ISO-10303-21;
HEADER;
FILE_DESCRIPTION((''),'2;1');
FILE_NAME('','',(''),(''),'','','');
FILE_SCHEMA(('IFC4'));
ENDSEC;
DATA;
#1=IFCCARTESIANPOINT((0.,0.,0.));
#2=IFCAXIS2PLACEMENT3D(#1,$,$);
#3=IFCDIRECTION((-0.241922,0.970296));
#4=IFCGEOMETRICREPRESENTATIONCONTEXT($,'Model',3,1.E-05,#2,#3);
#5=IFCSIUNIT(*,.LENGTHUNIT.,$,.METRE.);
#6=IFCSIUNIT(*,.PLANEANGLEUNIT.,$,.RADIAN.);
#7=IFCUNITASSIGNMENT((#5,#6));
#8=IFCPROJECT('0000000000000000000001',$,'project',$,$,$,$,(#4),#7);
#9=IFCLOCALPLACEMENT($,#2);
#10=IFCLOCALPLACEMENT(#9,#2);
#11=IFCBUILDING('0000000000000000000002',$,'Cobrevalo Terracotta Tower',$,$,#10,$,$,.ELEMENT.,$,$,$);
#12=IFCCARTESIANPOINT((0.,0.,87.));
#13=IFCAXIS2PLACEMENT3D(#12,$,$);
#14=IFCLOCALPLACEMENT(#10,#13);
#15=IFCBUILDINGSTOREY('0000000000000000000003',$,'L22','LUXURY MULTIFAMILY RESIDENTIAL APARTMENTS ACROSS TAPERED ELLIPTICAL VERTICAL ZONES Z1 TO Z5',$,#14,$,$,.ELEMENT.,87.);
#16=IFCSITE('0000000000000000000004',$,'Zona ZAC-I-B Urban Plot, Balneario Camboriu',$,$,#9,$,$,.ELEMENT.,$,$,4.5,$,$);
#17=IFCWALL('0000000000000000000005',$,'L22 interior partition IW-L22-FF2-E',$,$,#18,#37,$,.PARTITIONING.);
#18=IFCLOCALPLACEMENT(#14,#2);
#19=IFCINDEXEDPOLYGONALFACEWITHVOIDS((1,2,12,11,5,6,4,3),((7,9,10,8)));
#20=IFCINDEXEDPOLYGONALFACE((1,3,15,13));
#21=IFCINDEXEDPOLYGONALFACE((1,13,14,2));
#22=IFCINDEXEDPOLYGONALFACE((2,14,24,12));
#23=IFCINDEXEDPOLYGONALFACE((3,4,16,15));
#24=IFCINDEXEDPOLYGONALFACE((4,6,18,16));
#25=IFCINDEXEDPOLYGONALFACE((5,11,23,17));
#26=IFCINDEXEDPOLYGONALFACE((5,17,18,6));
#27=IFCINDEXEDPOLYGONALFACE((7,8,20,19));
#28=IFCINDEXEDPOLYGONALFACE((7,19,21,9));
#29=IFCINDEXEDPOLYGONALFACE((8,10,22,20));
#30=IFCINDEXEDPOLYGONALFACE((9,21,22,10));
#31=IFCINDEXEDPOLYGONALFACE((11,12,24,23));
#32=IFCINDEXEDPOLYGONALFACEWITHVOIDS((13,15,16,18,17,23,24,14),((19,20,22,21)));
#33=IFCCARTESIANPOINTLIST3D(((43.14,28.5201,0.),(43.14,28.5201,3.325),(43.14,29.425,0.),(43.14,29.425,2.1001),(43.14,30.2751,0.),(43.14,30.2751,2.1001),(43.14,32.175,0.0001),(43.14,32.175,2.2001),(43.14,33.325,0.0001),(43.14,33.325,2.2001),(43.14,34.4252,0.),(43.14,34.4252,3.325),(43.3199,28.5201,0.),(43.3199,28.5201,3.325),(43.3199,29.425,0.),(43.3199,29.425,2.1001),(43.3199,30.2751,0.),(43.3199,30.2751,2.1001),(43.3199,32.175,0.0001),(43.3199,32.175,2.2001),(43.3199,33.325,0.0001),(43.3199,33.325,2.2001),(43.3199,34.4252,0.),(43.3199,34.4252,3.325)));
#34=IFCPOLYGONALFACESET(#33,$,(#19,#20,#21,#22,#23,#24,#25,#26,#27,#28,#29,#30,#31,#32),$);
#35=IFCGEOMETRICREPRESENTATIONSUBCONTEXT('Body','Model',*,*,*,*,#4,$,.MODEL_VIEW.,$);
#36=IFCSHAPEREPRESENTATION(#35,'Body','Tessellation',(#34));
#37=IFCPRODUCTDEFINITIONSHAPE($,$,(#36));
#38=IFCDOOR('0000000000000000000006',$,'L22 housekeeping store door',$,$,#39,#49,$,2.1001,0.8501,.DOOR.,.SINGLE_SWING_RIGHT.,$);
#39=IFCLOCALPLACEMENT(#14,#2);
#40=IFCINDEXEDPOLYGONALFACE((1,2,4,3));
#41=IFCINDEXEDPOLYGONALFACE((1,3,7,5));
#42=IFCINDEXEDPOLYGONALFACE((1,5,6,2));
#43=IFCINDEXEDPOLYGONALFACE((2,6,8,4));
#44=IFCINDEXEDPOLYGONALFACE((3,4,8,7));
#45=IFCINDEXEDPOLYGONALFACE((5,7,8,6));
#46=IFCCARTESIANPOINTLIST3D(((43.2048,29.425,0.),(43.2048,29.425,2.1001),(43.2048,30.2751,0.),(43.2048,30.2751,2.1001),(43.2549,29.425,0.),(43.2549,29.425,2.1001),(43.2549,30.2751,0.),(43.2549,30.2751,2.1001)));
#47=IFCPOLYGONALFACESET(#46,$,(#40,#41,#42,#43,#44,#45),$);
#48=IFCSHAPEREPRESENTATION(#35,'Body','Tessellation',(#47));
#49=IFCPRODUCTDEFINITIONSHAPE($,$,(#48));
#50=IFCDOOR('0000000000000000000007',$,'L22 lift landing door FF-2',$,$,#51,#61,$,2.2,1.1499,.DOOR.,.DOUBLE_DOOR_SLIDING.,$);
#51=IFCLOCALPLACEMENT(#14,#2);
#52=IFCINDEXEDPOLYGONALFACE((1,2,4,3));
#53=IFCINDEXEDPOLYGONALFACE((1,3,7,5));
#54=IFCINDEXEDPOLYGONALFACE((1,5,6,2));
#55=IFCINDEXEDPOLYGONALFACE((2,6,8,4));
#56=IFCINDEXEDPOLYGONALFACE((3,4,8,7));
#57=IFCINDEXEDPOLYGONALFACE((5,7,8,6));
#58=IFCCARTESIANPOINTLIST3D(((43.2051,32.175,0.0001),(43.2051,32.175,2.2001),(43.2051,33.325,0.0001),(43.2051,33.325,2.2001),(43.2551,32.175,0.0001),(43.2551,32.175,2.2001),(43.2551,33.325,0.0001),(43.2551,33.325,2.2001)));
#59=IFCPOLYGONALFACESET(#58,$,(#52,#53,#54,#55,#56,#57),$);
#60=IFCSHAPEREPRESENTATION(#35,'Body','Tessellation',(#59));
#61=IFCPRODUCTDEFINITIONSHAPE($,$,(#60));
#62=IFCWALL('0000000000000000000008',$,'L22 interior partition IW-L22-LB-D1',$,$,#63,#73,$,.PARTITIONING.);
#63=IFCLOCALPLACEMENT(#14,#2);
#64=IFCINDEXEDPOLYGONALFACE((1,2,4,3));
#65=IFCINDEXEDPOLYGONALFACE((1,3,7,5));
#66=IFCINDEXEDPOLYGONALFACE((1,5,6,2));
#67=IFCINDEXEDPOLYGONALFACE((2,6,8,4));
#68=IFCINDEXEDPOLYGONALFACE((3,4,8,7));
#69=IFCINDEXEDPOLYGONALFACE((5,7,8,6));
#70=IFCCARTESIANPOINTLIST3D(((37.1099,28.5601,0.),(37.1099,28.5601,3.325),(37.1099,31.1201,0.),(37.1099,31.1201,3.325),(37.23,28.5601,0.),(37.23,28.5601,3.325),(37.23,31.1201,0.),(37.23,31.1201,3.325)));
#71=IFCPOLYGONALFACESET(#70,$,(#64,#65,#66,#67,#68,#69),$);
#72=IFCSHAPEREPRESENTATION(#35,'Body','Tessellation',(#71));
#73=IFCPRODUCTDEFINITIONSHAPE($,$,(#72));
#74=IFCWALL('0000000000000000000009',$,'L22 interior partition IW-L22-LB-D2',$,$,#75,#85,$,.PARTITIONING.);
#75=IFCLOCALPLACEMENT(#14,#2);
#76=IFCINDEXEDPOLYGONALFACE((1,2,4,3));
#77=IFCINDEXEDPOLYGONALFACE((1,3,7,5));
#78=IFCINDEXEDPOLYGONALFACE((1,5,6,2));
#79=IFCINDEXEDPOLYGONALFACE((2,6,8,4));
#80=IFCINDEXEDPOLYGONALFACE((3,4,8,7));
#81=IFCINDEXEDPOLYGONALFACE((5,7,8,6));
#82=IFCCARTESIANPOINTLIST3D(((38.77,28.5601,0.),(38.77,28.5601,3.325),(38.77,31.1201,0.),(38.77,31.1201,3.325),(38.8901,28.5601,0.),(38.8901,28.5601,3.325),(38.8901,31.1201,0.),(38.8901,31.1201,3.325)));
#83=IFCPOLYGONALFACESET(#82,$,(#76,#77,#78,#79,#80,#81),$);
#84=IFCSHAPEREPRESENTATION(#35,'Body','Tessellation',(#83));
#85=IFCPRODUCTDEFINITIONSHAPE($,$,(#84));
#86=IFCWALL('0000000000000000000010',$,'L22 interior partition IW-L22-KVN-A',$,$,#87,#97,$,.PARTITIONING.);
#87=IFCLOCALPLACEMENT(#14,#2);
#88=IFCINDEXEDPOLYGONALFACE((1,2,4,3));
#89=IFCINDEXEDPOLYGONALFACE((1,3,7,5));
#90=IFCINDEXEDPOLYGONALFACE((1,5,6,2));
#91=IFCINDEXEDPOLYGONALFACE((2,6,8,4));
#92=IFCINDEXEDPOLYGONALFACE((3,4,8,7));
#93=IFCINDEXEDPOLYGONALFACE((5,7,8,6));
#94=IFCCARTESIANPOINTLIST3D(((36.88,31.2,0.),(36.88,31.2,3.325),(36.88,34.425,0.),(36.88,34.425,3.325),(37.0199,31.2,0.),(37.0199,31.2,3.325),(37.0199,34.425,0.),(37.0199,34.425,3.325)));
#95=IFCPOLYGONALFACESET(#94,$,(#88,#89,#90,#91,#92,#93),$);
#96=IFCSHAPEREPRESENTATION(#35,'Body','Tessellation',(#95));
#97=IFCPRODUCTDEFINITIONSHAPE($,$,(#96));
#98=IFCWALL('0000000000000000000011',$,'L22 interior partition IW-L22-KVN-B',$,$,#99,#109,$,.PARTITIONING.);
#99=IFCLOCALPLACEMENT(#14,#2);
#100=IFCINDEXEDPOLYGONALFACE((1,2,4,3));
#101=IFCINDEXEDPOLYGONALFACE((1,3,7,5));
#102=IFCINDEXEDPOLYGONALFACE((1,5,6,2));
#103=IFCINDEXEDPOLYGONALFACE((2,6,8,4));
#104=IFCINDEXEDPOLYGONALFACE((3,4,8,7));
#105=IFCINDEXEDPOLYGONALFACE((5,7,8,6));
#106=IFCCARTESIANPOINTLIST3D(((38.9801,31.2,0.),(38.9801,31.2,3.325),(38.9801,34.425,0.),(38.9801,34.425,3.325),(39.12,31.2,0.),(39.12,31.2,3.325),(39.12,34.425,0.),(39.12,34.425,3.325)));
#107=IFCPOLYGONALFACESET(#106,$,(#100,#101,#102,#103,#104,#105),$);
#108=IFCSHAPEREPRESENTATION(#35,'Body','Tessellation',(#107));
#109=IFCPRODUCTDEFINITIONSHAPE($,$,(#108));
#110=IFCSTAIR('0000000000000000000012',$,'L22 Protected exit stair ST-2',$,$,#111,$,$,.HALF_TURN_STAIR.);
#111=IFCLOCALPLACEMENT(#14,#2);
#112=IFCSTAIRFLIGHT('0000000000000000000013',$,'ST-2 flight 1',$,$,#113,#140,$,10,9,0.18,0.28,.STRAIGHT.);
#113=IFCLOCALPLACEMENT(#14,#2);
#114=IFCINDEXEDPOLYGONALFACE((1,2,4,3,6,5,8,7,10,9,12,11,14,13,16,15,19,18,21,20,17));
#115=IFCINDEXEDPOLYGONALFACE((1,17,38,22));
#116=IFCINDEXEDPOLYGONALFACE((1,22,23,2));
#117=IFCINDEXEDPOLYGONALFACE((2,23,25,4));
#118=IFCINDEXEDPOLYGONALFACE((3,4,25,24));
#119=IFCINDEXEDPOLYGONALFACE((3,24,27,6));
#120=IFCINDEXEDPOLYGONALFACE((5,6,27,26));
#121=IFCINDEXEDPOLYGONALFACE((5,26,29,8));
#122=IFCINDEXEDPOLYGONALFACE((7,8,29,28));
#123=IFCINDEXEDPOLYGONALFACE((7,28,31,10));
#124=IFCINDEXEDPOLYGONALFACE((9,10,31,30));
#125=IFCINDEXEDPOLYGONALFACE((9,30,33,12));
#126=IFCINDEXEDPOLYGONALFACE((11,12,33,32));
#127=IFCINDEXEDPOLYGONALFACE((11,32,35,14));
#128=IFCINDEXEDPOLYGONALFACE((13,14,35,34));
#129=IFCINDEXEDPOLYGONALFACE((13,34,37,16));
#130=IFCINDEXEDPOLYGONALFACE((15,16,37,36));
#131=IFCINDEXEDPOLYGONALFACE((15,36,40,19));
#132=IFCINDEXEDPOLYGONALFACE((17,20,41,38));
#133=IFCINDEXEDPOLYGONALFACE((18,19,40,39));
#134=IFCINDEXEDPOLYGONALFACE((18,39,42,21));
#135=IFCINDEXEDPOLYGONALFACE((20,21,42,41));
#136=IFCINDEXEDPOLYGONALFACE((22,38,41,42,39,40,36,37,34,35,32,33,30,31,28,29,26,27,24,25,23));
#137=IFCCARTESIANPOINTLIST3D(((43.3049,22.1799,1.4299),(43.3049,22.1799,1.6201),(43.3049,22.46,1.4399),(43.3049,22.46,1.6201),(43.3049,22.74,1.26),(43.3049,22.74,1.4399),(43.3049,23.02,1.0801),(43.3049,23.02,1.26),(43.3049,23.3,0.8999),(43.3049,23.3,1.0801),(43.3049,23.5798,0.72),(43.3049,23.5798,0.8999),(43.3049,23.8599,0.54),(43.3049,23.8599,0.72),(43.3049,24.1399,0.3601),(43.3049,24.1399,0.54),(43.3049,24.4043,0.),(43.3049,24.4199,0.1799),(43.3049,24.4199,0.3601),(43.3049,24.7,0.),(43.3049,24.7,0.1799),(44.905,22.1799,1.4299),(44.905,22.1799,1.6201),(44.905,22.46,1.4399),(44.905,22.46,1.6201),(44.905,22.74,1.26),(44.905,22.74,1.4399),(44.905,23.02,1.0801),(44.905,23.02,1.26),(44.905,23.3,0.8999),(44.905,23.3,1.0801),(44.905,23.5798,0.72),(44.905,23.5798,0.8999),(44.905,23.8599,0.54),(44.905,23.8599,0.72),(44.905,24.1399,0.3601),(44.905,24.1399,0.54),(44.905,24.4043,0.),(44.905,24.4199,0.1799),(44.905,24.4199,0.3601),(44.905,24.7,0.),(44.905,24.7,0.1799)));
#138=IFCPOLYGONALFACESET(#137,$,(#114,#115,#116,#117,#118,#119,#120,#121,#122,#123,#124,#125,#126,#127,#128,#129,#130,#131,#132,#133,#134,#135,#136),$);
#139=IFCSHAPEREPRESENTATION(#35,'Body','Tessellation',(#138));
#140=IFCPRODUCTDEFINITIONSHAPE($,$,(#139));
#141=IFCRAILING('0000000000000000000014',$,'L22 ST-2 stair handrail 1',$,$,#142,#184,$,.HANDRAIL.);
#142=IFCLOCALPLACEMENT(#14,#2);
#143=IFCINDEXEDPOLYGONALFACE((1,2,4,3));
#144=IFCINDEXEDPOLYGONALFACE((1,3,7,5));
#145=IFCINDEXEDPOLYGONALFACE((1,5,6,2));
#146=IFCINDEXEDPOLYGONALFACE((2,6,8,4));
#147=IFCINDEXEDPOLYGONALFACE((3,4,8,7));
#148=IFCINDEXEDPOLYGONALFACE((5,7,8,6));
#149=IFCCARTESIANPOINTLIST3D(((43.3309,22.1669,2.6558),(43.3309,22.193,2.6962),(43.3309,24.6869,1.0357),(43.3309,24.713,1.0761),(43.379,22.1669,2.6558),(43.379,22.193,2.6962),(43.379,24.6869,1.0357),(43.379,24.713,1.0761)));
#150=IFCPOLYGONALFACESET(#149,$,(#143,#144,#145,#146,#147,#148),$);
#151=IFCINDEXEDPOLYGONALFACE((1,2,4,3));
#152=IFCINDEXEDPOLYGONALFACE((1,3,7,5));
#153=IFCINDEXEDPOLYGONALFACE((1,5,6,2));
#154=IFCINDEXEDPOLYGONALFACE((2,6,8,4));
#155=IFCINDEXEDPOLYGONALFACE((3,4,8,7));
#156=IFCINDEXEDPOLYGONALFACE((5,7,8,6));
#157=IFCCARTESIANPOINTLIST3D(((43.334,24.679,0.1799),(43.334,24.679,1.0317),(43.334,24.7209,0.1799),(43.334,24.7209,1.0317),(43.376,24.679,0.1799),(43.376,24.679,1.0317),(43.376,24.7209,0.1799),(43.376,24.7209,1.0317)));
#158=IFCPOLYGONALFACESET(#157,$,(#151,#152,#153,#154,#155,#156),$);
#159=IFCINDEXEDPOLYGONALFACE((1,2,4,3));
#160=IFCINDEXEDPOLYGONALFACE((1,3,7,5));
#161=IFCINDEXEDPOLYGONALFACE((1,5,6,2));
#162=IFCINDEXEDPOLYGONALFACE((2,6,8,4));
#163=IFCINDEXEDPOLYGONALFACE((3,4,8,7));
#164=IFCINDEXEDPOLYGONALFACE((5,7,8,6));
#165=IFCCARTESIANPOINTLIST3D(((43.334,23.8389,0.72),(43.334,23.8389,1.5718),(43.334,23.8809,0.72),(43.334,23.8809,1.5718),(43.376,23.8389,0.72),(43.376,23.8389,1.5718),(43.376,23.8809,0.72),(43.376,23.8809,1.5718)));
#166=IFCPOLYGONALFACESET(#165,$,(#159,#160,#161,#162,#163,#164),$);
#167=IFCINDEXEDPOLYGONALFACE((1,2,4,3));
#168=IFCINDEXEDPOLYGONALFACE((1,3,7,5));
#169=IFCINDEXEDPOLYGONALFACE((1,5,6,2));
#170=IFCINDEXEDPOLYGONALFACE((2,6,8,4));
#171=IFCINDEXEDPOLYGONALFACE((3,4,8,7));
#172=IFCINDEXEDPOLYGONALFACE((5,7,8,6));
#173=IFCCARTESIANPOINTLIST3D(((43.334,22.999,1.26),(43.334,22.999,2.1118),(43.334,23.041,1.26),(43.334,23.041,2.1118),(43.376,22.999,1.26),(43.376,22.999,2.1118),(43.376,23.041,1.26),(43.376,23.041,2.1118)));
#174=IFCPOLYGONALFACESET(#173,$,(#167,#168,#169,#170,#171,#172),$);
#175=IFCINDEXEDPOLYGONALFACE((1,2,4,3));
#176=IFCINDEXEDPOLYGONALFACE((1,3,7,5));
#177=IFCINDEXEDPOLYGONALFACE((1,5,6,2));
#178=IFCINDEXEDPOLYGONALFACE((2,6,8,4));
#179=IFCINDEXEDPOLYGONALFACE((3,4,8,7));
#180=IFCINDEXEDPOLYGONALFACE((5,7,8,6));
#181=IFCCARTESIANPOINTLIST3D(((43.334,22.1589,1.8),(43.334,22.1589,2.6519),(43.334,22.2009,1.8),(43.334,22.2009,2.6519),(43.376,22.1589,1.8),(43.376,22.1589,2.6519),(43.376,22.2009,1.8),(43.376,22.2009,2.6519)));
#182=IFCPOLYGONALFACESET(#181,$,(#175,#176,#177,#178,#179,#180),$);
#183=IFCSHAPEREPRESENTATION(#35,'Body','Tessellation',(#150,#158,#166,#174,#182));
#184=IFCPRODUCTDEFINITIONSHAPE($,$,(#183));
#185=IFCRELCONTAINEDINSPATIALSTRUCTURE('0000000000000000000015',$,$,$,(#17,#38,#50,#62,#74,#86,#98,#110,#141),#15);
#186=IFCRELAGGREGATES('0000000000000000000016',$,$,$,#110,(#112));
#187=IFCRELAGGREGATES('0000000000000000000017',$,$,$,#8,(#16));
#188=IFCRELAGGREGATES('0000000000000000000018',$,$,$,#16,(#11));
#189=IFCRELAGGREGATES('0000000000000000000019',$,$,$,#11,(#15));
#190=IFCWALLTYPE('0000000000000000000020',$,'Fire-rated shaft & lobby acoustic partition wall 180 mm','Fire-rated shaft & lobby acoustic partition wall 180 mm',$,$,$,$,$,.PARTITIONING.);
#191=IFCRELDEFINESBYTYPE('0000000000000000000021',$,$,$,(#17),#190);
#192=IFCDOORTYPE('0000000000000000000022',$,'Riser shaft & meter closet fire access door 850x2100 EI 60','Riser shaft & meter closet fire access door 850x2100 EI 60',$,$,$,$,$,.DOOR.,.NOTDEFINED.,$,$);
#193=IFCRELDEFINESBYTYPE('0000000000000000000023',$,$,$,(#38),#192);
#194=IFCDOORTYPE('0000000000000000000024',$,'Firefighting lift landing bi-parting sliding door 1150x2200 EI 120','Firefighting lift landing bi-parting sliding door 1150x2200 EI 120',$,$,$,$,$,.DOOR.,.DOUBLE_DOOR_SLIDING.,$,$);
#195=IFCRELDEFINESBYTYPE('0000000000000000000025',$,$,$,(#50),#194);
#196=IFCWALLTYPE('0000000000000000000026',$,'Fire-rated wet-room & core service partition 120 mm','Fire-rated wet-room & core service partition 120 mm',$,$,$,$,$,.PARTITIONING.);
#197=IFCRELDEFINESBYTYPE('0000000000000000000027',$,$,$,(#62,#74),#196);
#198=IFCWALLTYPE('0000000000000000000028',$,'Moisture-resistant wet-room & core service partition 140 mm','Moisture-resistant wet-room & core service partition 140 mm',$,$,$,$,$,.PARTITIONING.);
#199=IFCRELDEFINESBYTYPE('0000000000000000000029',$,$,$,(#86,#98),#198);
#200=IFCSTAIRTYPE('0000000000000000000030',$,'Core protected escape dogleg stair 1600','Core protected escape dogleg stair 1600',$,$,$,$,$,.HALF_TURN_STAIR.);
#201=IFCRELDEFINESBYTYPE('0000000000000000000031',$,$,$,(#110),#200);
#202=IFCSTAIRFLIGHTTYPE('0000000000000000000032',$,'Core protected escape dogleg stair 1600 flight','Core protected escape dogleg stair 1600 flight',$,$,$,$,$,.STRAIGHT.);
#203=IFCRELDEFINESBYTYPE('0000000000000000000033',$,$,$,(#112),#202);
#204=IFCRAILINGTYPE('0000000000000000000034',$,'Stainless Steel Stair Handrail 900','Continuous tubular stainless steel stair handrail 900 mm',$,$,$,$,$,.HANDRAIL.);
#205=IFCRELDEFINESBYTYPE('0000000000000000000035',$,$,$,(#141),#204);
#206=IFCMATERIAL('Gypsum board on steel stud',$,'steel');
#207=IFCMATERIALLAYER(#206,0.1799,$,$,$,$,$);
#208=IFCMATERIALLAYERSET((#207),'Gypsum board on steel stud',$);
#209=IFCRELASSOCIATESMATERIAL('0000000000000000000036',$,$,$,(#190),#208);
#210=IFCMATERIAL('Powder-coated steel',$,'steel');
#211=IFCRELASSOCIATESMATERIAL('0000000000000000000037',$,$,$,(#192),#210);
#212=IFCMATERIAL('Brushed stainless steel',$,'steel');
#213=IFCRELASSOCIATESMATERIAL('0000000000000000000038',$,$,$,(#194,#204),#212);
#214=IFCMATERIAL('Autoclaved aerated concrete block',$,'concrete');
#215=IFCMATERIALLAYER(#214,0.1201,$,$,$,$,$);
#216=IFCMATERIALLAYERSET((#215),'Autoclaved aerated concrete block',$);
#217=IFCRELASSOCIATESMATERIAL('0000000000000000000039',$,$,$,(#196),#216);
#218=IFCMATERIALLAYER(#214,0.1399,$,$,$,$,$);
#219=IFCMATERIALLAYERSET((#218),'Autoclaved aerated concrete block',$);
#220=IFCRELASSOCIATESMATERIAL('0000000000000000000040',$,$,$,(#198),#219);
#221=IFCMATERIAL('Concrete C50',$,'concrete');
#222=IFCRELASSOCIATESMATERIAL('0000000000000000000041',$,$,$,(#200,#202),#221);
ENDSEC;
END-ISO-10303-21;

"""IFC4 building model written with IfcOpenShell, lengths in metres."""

from ifc_helpers import new_model, si_unit, direction, frame, frame_2d, origin, origin_2d, place, context, subcontext, project, spatial, polyline, rectangle, outline, extrude, source, transform, mapped, material, layer, layer_set, type_object, element, fill, aggregate, save


model = new_model("IFC4")

# Units and contexts
model_context = context("Model", 3, precision=1e-05, world=origin(), true_north=direction((-0.241922, 0.970296)))
body_context = subcontext(model_context, "Body", "Model", "MODEL_VIEW")
ifc_project = project(units=[si_unit("LENGTHUNIT", "METRE"), si_unit("PLANEANGLEUNIT", "RADIAN")], contexts=[model_context])

# Site, building, storey
site_placement = place(None, origin())
site = spatial("IfcSite", under=ifc_project, at=site_placement, Name="Zona ZAC-I-B Urban Plot, Balneario Camboriu", CompositionType="ELEMENT", RefElevation=4.5)
building_placement = place(site_placement, origin())
building = spatial("IfcBuilding", under=site, at=building_placement, Name="Cobrevalo Terracotta Tower", CompositionType="ELEMENT")
storey_placement = place(building_placement, frame((0.0, 0.0, 87.0)))
storey = spatial("IfcBuildingStorey", under=building, at=storey_placement, Name="L22", Description="LUXURY MULTIFAMILY RESIDENTIAL APARTMENTS ACROSS TAPERED ELLIPTICAL VERTICAL ZONES Z1 TO Z5", CompositionType="ELEMENT", Elevation=87.0)

# Shared definitions
ifc_material_1 = material(Name="Gypsum board on steel stud", Category="steel")

# Shared definitions
ifc_material_2 = material(Name="Brushed stainless steel", Category="steel")

# Shared definitions
ifc_layer_1 = layer(ifc_material_1, 0.1799)
ifc_layer_set_1 = layer_set([ifc_layer_1], Name="Gypsum board on steel stud")
wall_type_1 = type_object("IfcWallType", Name="Fire-rated shaft & lobby acoustic partition wall 180 mm", Description="Fire-rated shaft & lobby acoustic partition wall 180 mm", PredefinedType="PARTITIONING", material=ifc_layer_set_1)
ifc_material_3 = material(Name="Powder-coated steel", Category="steel")
door_type_1 = type_object("IfcDoorType", Name="Riser shaft & meter closet fire access door 850x2100 EI 60", Description="Riser shaft & meter closet fire access door 850x2100 EI 60", OperationType="NOTDEFINED", PredefinedType="DOOR", material=ifc_material_3)
shared_shape_1 = source(origin(), body_context, "Body", "SweptSolid", [
    extrude(rectangle(XDim=0.8501, YDim=2.1001, at=frame_2d((0.425, 1.05))), frame((0.0, 0.0249, 0.0), z_axis=(0.0, -1.0, 0.0), x_axis=(1.0, 0.0, 0.0)), (0.0, 0.0, 1.0), 0.05),
])

# Wall, openings, doors
wall_1_placement = place(storey_placement, frame((43.23, 28.52, 0.0), z_axis=(0.0, 0.0, 1.0), x_axis=(0.0, 1.0, 0.0)))
wall_1 = element("IfcWall", 1, at=wall_1_placement, inside=storey, type_object=wall_type_1, Name="L22 interior partition IW-L22-FF2-E", PredefinedType="PARTITIONING", context=body_context, shape_type="SweptSolid", body=[
    extrude(rectangle(XDim=5.905, YDim=0.1799, at=frame_2d((2.9526, 0.0))), origin(), (0.0, 0.0, 1.0), 3.325),
])
opening_1_placement = place(wall_1_placement, frame((0.905, 0.0, 0.0)))
opening_1 = element("IfcOpeningElement", 2, at=opening_1_placement, cuts=wall_1, PredefinedType="OPENING", context=body_context, shape_type="SweptSolid", body=[
    extrude(rectangle(XDim=0.8501, YDim=2.1001, at=frame_2d((0.425, 1.05))), frame((0.0, 0.1001, 0.0), z_axis=(0.0, -1.0, 0.0), x_axis=(1.0, 0.0, 0.0)), (0.0, 0.0, 1.0), 0.2),
])
opening_2_placement = place(wall_1_placement, frame((3.655, 0.0, 0.0)))
opening_2 = element("IfcOpeningElement", 3, at=opening_2_placement, cuts=wall_1, PredefinedType="OPENING", context=body_context, shape_type="SweptSolid", body=[
    extrude(rectangle(XDim=1.1499, YDim=2.2, at=frame_2d((0.575, 1.1001))), frame((0.0, 0.1001, 0.0), z_axis=(0.0, -1.0, 0.0), x_axis=(1.0, 0.0, 0.0)), (0.0, 0.0, 1.0), 0.2),
])
door_1_placement = place(opening_1_placement, frame((0.8501, 0.0, 0.0), z_axis=(0.0, 0.0, 1.0), x_axis=(-1.0, 0.0, 0.0)))
door_1 = element("IfcDoor", 4, at=door_1_placement, inside=storey, type_object=door_type_1, Name="L22 housekeeping store door", OperationType="SINGLE_SWING_RIGHT", OverallHeight=2.1001, OverallWidth=0.8501, PredefinedType="DOOR", context=body_context, shape_type="MappedRepresentation", body=[
    mapped(shared_shape_1, transform((0.0, 0.0, 0.0), scale=1.0)),
])
fill(opening_1, door_1)
door_type_2 = type_object("IfcDoorType", Name="Firefighting lift landing bi-parting sliding door 1150x2200 EI 120", Description="Firefighting lift landing bi-parting sliding door 1150x2200 EI 120", OperationType="DOUBLE_DOOR_SLIDING", PredefinedType="DOOR", material=ifc_material_2)
shared_shape_2 = source(origin(), body_context, "Body", "SweptSolid", [
    extrude(rectangle(XDim=1.1499, YDim=2.2, at=frame_2d((0.575, 1.1001))), frame((0.0, 0.0249, 0.0), z_axis=(0.0, -1.0, 0.0), x_axis=(1.0, 0.0, 0.0)), (0.0, 0.0, 1.0), 0.05),
])
door_2_placement = place(opening_2_placement, origin())
door_2 = element("IfcDoor", 5, at=door_2_placement, inside=storey, type_object=door_type_2, Name="L22 lift landing door FF-2", OperationType="DOUBLE_DOOR_SLIDING", OverallHeight=2.2, OverallWidth=1.1499, PredefinedType="DOOR", context=body_context, shape_type="MappedRepresentation", body=[
    mapped(shared_shape_2, transform((0.0, 0.0, 0.0), scale=1.0)),
])
fill(opening_2, door_2)

# Walls
ifc_material_4 = material(Name="Autoclaved aerated concrete block", Category="concrete")
ifc_layer_2 = layer(ifc_material_4, 0.1201)
ifc_layer_set_2 = layer_set([ifc_layer_2], Name="Autoclaved aerated concrete block")
wall_type_2 = type_object("IfcWallType", Name="Fire-rated wet-room & core service partition 120 mm", Description="Fire-rated wet-room & core service partition 120 mm", PredefinedType="PARTITIONING", material=ifc_layer_set_2)
for number, where, z_axis, x_axis, name in (
    (6, (37.1699, 28.5601, 0.0), (0.0, 0.0, 1.0), (0.0, 1.0, 0.0), "L22 interior partition IW-L22-LB-D1"),
    (7, (38.8301, 28.5601, 0.0), (0.0, 0.0, 1.0), (0.0, 1.0, 0.0), "L22 interior partition IW-L22-LB-D2"),
):
    element("IfcWall", number, at=place(storey_placement, frame(where, z_axis=z_axis, x_axis=x_axis)), inside=storey, type_object=wall_type_2, Name=name, PredefinedType="PARTITIONING", context=body_context, shape_type="SweptSolid", body=[
        extrude(rectangle(XDim=2.5601, YDim=0.1201, at=frame_2d((1.28, 0.0))), origin(), (0.0, 0.0, 1.0), 3.325),
    ])
ifc_layer_3 = layer(ifc_material_4, 0.1399)
ifc_layer_set_3 = layer_set([ifc_layer_3], Name="Autoclaved aerated concrete block")
wall_type_3 = type_object("IfcWallType", Name="Moisture-resistant wet-room & core service partition 140 mm", Description="Moisture-resistant wet-room & core service partition 140 mm", PredefinedType="PARTITIONING", material=ifc_layer_set_3)
for number, where, z_axis, x_axis, name in (
    (8, (36.95, 31.2, 0.0), (0.0, 0.0, 1.0), (0.0, 1.0, 0.0), "L22 interior partition IW-L22-KVN-A"),
    (9, (39.05, 31.2, 0.0), (0.0, 0.0, 1.0), (0.0, 1.0, 0.0), "L22 interior partition IW-L22-KVN-B"),
):
    element("IfcWall", number, at=place(storey_placement, frame(where, z_axis=z_axis, x_axis=x_axis)), inside=storey, type_object=wall_type_3, Name=name, PredefinedType="PARTITIONING", context=body_context, shape_type="SweptSolid", body=[
        extrude(rectangle(XDim=3.2251, YDim=0.1399, at=frame_2d((1.6125, 0.0))), origin(), (0.0, 0.0, 1.0), 3.325),
    ])

# Shared definitions
ifc_material_5 = material(Name="Concrete C50", Category="concrete")

# Stair, stair flight
stair_type = type_object("IfcStairType", Name="Core protected escape dogleg stair 1600", Description="Core protected escape dogleg stair 1600", PredefinedType="HALF_TURN_STAIR", material=ifc_material_5)
stair_placement = place(storey_placement, origin())
stair = element("IfcStair", 10, at=stair_placement, inside=storey, type_object=stair_type, Name="L22 Protected exit stair ST-2", PredefinedType="HALF_TURN_STAIR")
stair_flight_type = type_object("IfcStairFlightType", Name="Core protected escape dogleg stair 1600 flight", Description="Core protected escape dogleg stair 1600 flight", PredefinedType="STRAIGHT", material=ifc_material_5)
stair_flight_placement = place(storey_placement, frame((44.105, 24.7, 0.0), z_axis=(0.0, 0.0, 1.0), x_axis=(0.0, -1.0, 0.0)))
stair_flight = element("IfcStairFlight", 11, at=stair_flight_placement, type_object=stair_flight_type, Name="ST-2 flight 1", NumberOfRisers=10, NumberOfTreads=9, PredefinedType="STRAIGHT", RiserHeight=0.18, TreadLength=0.28, context=body_context, shape_type="SweptSolid", body=[
    extrude(outline(polyline([(0.0, 0.0), (0.0, 0.1799), (0.28, 0.1799), (0.28, 0.3601), (0.5601, 0.3601), (0.5601, 0.54), (0.8401, 0.54), (0.8401, 0.72), (1.1201, 0.72), (1.1201, 0.8999), (1.3999, 0.8999), (1.3999, 1.0801), (1.6799, 1.0801), (1.6799, 1.26), (1.96, 1.26), (1.96, 1.4399), (2.24, 1.4399), (2.24, 1.6201), (2.52, 1.6201), (2.52, 1.8), (2.52, 1.4299), (0.2957, 0.0), (0.0, 0.0)])), frame((0.0, 0.8, 0.0), z_axis=(0.0, -1.0, 0.0), x_axis=(1.0, 0.0, 0.0)), (0.0, 0.0, 1.0), 1.6001),
])
aggregate(stair, [stair_flight])

# Railing
railing_type_1 = type_object("IfcRailingType", Name="Stainless Steel Stair Handrail 900", Description="Continuous tubular stainless steel stair handrail 900 mm", PredefinedType="HANDRAIL", material=ifc_material_2)
railing_1_placement = place(storey_placement, frame((43.355, 24.7, 0.1799)))
element("IfcRailing", 12, at=railing_1_placement, inside=storey, type_object=railing_type_1, Name="L22 ST-2 stair handrail 1", PredefinedType="HANDRAIL", context=body_context, shape_type="SweptSolid", body=[
    extrude(rectangle(XDim=0.0481, YDim=0.0481, at=origin_2d()), frame((0.0, 0.0, 0.876), z_axis=(0.0, -0.841163, 0.540782), x_axis=(1.0, 0.0, 0.0)), (0.0, 0.0, 1.0), 2.9958),
    extrude(rectangle(XDim=0.042, YDim=0.042, at=origin_2d()), origin(), (0.0, 0.0, 1.0), 0.8518),
    extrude(rectangle(XDim=0.042, YDim=0.042, at=origin_2d()), frame((0.0, -0.8401, 0.54)), (0.0, 0.0, 1.0), 0.8518),
    extrude(rectangle(XDim=0.042, YDim=0.042, at=origin_2d()), frame((0.0, -1.6799, 1.0801)), (0.0, 0.0, 1.0), 0.8518),
    extrude(rectangle(XDim=0.042, YDim=0.042, at=origin_2d()), frame((0.0, -2.52, 1.6201)), (0.0, 0.0, 1.0), 0.8518),
])

save(model, "model.ifc")
